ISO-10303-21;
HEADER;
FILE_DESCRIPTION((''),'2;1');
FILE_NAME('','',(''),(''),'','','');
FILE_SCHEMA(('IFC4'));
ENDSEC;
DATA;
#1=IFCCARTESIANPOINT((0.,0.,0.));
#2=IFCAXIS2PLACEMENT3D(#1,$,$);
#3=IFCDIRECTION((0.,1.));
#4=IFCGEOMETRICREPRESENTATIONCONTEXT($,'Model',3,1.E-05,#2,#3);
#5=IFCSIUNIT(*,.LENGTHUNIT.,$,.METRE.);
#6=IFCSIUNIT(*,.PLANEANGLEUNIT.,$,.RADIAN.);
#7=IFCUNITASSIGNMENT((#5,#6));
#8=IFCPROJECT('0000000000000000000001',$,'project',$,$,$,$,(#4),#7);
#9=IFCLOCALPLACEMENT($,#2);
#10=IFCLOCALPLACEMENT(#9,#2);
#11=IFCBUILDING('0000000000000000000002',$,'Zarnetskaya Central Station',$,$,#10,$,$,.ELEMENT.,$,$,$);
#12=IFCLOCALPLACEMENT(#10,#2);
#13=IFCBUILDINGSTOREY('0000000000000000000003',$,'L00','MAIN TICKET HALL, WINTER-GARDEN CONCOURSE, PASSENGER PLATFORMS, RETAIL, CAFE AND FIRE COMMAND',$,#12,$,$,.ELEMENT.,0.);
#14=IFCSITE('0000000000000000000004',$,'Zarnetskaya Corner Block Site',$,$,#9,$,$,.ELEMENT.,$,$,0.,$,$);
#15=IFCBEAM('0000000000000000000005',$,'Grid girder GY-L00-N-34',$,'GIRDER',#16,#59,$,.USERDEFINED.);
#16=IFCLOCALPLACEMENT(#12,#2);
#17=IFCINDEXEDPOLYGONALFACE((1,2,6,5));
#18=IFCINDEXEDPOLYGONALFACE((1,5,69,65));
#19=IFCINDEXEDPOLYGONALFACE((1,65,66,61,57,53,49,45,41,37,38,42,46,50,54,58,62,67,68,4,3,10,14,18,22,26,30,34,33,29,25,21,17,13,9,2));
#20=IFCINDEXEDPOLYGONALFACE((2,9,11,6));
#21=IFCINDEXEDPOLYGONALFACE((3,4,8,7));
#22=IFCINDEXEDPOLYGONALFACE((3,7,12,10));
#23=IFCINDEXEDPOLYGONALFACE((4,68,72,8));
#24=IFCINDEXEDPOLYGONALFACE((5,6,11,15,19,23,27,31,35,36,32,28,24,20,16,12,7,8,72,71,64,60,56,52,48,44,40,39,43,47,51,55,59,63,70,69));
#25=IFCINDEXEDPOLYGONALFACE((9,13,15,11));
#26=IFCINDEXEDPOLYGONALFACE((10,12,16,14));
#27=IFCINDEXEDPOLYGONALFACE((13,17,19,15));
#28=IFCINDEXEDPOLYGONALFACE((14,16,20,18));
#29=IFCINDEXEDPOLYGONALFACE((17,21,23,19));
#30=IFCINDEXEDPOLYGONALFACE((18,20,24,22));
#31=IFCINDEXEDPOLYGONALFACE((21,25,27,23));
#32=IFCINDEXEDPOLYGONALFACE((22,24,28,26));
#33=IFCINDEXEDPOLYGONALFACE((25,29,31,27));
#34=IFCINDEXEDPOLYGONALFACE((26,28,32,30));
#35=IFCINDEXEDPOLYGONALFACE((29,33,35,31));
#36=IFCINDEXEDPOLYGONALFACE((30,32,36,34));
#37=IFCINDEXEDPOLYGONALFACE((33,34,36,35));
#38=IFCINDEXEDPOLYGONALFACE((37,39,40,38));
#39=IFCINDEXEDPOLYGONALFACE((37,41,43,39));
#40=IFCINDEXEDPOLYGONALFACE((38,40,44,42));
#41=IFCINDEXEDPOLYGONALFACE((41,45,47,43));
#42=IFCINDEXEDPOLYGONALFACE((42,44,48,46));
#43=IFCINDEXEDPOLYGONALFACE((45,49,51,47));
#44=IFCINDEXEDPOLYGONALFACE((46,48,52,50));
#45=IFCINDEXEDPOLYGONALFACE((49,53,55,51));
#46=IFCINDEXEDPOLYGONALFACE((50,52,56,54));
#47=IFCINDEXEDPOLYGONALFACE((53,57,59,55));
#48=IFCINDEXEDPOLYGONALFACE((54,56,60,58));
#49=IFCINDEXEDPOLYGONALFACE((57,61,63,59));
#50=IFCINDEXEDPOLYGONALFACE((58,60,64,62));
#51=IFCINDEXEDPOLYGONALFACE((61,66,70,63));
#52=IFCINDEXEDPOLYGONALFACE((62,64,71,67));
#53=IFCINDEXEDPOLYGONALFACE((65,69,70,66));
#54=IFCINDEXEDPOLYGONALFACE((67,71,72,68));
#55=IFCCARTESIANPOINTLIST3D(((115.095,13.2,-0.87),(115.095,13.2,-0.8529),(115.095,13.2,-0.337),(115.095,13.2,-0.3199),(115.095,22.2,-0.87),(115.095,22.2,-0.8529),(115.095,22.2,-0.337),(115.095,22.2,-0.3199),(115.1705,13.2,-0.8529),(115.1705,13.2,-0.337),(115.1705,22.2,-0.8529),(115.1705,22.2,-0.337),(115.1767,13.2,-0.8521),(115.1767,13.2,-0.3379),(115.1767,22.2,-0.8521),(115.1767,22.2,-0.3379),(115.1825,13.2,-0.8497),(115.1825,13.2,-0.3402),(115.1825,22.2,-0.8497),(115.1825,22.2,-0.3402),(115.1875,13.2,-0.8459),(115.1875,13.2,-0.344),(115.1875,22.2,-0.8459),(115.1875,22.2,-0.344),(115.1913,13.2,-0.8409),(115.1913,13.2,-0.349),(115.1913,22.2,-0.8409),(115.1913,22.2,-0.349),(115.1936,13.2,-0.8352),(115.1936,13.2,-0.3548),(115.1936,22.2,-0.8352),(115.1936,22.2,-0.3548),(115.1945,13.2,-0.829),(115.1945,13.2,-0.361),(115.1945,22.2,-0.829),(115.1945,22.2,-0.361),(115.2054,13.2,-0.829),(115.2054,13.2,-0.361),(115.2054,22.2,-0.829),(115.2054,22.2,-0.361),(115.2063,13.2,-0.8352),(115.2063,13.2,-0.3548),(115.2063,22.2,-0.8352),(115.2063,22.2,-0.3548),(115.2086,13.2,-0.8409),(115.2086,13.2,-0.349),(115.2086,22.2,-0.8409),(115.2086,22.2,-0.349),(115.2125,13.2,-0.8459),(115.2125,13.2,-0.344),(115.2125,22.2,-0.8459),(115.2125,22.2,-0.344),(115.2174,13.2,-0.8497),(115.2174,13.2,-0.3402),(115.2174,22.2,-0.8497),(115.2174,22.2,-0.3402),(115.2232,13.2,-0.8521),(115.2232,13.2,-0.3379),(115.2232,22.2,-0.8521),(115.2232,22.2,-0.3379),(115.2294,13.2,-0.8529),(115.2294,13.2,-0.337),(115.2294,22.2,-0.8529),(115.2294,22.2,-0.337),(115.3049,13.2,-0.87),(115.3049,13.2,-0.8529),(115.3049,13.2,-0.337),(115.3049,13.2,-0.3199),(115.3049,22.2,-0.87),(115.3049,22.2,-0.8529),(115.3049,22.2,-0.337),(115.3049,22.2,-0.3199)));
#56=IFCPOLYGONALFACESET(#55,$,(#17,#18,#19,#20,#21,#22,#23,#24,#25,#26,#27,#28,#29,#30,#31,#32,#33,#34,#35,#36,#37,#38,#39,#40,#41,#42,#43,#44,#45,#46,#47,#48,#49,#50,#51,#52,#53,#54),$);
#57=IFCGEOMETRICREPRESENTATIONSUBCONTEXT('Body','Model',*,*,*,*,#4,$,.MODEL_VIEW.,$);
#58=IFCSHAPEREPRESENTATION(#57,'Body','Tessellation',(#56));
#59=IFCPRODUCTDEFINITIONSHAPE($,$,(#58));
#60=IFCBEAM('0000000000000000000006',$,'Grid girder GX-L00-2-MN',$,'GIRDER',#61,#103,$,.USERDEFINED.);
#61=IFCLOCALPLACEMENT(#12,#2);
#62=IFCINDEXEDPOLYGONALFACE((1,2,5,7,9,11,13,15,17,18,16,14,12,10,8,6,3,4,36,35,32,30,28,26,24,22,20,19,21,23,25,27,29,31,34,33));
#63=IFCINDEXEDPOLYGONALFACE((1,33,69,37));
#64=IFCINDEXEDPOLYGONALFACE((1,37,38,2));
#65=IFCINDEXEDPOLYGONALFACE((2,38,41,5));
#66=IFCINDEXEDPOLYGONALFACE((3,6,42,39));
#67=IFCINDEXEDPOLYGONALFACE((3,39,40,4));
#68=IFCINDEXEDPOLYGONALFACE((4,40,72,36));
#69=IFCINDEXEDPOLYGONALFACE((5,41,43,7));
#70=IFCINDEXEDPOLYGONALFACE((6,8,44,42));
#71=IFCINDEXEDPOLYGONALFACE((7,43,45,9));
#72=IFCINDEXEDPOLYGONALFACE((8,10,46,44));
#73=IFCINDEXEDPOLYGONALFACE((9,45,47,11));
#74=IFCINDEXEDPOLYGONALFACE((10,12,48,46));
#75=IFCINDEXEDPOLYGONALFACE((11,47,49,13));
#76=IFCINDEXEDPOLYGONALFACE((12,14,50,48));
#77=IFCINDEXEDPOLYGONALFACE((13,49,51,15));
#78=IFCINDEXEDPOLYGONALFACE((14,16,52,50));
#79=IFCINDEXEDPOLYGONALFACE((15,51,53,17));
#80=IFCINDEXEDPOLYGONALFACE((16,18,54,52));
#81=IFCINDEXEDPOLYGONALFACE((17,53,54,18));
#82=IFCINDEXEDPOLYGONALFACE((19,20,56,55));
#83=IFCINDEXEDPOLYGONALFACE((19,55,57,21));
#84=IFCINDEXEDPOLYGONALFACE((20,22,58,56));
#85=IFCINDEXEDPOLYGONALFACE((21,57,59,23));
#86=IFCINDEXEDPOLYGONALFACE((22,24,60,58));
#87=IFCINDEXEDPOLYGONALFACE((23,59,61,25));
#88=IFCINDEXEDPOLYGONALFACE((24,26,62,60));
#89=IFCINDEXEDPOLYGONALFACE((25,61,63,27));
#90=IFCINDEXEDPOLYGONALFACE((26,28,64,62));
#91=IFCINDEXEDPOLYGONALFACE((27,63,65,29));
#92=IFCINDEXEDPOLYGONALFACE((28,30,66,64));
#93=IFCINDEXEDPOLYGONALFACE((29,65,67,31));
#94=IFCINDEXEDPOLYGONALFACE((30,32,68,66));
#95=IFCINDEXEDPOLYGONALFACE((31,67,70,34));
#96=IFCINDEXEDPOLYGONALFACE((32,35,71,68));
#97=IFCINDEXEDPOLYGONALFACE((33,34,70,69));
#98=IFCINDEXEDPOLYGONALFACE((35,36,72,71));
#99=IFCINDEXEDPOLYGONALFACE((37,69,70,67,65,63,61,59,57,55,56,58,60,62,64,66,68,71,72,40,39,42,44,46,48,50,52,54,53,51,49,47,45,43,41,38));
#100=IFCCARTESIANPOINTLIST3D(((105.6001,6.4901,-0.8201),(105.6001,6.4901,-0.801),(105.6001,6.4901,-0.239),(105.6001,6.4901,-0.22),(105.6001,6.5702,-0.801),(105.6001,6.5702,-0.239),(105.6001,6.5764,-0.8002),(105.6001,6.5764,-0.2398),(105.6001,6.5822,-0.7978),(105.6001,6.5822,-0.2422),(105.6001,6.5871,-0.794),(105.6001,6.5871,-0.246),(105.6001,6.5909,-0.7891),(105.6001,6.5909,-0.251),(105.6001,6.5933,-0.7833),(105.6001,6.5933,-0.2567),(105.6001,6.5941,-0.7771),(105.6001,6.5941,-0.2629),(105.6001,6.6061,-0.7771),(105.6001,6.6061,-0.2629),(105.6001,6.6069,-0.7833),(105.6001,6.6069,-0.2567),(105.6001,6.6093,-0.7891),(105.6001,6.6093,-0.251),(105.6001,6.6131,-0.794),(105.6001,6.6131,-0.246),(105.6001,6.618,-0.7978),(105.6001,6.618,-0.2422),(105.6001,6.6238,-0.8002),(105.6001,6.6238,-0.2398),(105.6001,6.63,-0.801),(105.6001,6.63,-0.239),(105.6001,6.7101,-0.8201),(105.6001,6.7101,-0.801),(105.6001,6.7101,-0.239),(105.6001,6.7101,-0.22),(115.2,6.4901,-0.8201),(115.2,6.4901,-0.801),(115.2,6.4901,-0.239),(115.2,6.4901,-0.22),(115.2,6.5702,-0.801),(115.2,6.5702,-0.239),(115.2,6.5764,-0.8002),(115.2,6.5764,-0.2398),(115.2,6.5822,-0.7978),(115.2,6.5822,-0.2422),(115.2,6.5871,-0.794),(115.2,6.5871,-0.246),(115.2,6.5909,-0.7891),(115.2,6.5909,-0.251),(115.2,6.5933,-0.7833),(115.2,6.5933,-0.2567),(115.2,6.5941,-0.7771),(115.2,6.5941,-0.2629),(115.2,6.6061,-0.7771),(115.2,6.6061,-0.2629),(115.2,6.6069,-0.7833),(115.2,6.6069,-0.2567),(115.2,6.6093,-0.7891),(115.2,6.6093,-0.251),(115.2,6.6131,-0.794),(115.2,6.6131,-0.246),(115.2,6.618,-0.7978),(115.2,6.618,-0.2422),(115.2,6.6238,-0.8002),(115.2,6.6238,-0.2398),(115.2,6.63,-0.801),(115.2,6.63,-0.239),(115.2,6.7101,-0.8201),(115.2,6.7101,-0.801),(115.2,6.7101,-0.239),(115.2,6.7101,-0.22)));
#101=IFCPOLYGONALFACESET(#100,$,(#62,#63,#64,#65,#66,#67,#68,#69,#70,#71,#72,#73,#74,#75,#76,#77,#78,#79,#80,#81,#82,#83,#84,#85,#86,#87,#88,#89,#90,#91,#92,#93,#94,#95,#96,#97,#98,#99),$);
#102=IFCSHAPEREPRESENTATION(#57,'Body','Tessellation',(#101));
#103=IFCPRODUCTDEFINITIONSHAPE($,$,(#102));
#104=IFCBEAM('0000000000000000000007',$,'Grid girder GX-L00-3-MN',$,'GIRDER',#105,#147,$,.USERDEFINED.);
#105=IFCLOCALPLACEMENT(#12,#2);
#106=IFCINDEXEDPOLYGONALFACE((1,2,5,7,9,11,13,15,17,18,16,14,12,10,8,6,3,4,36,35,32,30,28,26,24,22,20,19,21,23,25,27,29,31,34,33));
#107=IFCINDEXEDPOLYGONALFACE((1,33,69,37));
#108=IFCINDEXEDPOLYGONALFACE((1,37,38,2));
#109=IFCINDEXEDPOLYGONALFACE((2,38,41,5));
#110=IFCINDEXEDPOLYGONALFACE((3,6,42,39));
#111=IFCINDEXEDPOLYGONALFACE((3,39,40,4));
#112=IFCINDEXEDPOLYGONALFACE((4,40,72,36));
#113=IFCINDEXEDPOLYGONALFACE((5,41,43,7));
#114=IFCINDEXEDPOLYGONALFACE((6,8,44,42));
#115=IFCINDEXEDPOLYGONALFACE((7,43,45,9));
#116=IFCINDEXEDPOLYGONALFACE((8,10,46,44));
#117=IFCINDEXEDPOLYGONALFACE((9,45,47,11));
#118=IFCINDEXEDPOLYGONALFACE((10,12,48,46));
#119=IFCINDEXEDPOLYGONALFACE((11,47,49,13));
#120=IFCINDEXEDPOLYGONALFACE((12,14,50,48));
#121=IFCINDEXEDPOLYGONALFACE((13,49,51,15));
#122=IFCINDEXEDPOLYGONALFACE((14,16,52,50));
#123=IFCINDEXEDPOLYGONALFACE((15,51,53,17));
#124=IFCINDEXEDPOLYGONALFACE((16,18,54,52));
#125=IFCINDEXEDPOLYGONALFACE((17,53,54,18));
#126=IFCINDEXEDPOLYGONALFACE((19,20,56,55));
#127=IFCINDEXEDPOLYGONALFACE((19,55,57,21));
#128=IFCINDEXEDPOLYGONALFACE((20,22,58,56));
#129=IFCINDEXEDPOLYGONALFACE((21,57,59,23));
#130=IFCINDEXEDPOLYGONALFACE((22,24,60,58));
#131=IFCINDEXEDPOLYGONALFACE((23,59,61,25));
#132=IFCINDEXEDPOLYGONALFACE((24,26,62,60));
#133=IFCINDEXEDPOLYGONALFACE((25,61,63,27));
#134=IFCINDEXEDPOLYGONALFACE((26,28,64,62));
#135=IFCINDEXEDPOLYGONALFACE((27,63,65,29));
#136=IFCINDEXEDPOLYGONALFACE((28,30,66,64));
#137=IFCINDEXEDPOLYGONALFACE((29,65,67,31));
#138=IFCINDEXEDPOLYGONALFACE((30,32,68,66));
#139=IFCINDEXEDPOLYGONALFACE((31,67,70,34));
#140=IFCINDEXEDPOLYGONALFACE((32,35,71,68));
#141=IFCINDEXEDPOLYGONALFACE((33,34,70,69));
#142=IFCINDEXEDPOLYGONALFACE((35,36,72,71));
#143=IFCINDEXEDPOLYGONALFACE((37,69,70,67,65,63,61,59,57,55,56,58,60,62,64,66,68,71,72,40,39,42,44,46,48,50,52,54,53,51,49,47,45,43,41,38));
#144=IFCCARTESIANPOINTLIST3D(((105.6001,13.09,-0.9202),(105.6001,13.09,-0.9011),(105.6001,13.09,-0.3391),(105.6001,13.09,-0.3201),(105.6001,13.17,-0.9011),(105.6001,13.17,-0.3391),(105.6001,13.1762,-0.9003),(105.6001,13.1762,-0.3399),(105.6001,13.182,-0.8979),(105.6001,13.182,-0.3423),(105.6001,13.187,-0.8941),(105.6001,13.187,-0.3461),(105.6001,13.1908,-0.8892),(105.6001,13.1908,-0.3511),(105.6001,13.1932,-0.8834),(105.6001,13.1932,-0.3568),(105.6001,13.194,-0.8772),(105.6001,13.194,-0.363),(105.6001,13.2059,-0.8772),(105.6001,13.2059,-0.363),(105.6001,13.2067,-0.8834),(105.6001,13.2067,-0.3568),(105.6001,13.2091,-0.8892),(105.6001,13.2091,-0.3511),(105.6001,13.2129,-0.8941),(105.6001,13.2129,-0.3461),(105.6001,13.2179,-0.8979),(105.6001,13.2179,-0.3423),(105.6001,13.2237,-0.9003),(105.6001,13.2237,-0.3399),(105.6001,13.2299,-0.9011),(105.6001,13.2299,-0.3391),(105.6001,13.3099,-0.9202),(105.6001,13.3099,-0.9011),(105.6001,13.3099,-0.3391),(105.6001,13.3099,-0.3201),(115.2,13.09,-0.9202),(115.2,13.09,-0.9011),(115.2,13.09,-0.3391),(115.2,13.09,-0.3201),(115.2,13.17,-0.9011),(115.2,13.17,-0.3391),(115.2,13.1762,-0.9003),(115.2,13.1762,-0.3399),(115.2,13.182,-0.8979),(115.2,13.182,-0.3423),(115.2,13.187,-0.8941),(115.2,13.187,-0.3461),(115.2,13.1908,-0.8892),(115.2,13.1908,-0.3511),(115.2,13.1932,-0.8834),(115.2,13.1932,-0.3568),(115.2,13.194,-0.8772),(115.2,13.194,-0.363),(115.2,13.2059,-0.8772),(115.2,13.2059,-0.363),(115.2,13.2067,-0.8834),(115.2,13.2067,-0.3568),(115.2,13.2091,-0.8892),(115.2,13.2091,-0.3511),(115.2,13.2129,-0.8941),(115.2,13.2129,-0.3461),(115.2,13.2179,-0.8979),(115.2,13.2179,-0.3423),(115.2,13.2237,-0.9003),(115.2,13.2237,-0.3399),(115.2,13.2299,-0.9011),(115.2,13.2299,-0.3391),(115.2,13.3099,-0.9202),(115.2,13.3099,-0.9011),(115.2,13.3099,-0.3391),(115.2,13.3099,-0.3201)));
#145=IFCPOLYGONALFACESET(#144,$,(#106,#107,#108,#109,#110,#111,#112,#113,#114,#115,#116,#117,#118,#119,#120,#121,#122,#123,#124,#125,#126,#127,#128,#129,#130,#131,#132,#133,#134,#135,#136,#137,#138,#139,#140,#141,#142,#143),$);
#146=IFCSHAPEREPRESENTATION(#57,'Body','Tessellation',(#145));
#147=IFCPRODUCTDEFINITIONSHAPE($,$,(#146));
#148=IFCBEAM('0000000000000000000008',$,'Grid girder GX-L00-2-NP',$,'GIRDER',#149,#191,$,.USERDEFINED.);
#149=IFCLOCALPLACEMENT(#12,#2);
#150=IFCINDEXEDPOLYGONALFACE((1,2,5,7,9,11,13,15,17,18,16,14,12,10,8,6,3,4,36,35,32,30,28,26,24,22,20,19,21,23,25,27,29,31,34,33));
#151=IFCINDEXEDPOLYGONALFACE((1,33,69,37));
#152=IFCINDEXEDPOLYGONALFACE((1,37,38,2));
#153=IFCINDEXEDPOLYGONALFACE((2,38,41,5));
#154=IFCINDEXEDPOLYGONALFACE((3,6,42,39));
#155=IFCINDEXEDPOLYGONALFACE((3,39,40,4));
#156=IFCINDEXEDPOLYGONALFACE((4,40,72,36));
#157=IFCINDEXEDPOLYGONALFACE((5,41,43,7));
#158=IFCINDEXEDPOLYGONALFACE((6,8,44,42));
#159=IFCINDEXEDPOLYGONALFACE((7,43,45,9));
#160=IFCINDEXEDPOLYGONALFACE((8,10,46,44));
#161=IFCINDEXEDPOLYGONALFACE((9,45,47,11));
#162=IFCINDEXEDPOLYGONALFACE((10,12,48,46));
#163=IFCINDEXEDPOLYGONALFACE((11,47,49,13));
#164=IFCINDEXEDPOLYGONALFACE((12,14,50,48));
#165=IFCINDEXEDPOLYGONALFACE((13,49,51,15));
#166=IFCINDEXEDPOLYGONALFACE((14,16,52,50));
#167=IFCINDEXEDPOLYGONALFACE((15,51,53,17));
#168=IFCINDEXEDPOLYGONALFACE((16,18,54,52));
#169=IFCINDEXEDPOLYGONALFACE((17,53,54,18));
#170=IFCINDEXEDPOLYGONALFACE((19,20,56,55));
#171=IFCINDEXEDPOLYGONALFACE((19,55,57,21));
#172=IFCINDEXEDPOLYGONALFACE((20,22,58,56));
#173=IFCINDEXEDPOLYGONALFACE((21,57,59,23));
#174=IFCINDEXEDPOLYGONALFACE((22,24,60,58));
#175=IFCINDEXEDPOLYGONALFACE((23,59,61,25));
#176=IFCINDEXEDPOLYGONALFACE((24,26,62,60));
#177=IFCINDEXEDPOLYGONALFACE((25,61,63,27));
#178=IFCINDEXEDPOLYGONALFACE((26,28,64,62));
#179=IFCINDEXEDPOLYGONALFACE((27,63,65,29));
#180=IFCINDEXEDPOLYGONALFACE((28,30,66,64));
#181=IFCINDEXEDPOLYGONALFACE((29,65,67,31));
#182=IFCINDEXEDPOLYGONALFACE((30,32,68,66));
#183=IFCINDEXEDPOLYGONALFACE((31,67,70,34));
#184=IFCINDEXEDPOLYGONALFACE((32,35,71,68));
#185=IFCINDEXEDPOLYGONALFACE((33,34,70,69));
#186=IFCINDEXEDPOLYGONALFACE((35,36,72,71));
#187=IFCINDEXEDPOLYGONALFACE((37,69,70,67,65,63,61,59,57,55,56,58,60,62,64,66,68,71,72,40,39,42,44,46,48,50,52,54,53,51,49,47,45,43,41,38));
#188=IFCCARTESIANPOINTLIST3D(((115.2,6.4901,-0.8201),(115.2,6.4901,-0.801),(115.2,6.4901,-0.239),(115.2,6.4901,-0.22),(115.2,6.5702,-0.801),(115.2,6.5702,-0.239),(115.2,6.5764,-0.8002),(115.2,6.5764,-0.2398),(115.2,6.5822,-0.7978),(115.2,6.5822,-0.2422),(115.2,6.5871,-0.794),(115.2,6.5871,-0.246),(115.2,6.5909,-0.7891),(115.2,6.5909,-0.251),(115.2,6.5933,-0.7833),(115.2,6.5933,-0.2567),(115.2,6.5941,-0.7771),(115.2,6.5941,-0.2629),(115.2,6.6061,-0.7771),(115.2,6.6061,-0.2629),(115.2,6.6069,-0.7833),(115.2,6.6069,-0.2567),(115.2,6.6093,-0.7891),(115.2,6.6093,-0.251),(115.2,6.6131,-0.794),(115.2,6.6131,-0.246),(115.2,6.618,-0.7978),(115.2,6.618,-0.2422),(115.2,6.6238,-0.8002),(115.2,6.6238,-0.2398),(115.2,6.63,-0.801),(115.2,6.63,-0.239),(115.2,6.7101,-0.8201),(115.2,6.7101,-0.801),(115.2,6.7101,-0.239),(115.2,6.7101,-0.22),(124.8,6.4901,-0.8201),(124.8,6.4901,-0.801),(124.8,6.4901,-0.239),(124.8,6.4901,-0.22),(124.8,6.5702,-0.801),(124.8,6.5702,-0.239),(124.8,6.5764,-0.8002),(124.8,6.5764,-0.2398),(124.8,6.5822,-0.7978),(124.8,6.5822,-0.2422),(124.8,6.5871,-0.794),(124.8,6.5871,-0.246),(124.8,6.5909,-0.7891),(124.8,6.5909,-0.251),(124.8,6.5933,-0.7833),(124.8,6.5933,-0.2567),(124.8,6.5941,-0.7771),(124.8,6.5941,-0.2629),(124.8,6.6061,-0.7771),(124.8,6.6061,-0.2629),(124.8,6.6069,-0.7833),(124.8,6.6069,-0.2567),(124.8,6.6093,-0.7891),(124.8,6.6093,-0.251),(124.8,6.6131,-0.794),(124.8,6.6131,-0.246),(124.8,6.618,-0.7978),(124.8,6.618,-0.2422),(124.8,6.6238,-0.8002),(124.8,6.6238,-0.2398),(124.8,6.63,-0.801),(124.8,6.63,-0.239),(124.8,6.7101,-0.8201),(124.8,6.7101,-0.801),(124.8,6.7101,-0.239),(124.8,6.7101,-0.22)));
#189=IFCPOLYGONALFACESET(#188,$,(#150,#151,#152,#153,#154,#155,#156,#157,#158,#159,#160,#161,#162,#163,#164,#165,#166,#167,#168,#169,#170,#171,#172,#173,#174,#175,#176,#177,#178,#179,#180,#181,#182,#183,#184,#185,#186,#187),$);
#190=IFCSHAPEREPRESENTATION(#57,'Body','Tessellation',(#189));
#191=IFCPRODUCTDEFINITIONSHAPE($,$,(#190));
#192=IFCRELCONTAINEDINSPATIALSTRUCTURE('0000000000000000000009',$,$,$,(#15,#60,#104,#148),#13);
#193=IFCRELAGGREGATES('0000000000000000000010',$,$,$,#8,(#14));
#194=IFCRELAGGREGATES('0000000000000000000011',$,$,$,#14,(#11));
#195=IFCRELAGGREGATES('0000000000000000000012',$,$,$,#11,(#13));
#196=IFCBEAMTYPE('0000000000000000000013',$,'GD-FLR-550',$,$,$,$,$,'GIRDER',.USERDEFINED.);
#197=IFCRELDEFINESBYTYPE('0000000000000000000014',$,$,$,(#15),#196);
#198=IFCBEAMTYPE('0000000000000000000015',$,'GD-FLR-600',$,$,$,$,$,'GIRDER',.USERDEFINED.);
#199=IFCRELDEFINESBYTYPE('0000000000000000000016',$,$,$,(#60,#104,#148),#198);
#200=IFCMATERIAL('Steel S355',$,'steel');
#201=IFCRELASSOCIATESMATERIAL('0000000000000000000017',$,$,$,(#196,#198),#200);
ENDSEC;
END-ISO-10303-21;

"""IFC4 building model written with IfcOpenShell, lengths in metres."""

from ifc_helpers import new_model, si_unit, direction, frame, origin, origin_2d, place, context, subcontext, project, spatial, i_section, extrude, material, material_profile, profile_set, type_object, element, save


model = new_model("IFC4")

# Units and contexts
model_context = context("Model", 3, precision=1e-05, world=origin(), true_north=direction((0.0, 1.0)))
body_context = subcontext(model_context, "Body", "Model", "MODEL_VIEW")
ifc_project = project(units=[si_unit("LENGTHUNIT", "METRE"), si_unit("PLANEANGLEUNIT", "RADIAN")], contexts=[model_context])

# Site, building, storey
site_placement = place(None, origin())
site = spatial("IfcSite", under=ifc_project, at=site_placement, Name="Zarnetskaya Corner Block Site", CompositionType="ELEMENT", RefElevation=0.0)
building_placement = place(site_placement, origin())
building = spatial("IfcBuilding", under=site, at=building_placement, Name="Zarnetskaya Central Station", CompositionType="ELEMENT")
storey_placement = place(building_placement, origin())
storey = spatial("IfcBuildingStorey", under=building, at=storey_placement, Name="L00", Description="MAIN TICKET HALL, WINTER-GARDEN CONCOURSE, PASSENGER PLATFORMS, RETAIL, CAFE AND FIRE COMMAND", CompositionType="ELEMENT", Elevation=0.0)

# Shared definitions
ifc_material_1 = material(Name="Steel S355", Category="steel")

# Beams
ifc_material_profile_1 = material_profile(ifc_material_1, i_section(OverallWidth=0.21, OverallDepth=0.55, WebThickness=0.011, FlangeThickness=0.0171, FilletRadius=0.0239, at=origin_2d()), Name="IPE 550")
ifc_profile_set_1 = profile_set([ifc_material_profile_1], Name="Steel S355")
beam_type_1 = type_object("IfcBeamType", Name="GD-FLR-550", ElementType="GIRDER", PredefinedType="USERDEFINED", material=ifc_profile_set_1)
for number, where, z_axis, x_axis, name in (
    (1, (115.2, 13.2, -0.595), (0.0, 1.0, 0.0), (-1.0, 0.0, 0.0), "Grid girder GY-L00-N-34"),
):
    element("IfcBeam", number, at=place(storey_placement, frame(where, z_axis=z_axis, x_axis=x_axis)), inside=storey, type_object=beam_type_1, Name=name, ObjectType="GIRDER", PredefinedType="USERDEFINED", context=body_context, shape_type="SweptSolid", body=[
        extrude(i_section(OverallWidth=0.21, OverallDepth=0.55, WebThickness=0.011, FlangeThickness=0.0171, FilletRadius=0.0239, at=origin_2d()), origin(), (0.0, 0.0, 1.0), 9.0),
    ])
ifc_material_profile_2 = material_profile(ifc_material_1, i_section(OverallWidth=0.22, OverallDepth=0.6001, WebThickness=0.012, FlangeThickness=0.019, FilletRadius=0.0239, at=origin_2d()), Name="IPE 600")
ifc_profile_set_2 = profile_set([ifc_material_profile_2], Name="Steel S355")
beam_type_2 = type_object("IfcBeamType", Name="GD-FLR-600", ElementType="GIRDER", PredefinedType="USERDEFINED", material=ifc_profile_set_2)
for number, where, z_axis, x_axis, name in (
    (2, (105.6001, 6.6001, -0.52), (1.0, 0.0, 0.0), (0.0, 1.0, 0.0), "Grid girder GX-L00-2-MN"),
    (3, (105.6001, 13.2, -0.6201), (1.0, 0.0, 0.0), (0.0, 1.0, 0.0), "Grid girder GX-L00-3-MN"),
):
    element("IfcBeam", number, at=place(storey_placement, frame(where, z_axis=z_axis, x_axis=x_axis)), inside=storey, type_object=beam_type_2, Name=name, ObjectType="GIRDER", PredefinedType="USERDEFINED", context=body_context, shape_type="SweptSolid", body=[
        extrude(i_section(OverallWidth=0.22, OverallDepth=0.6001, WebThickness=0.012, FlangeThickness=0.019, FilletRadius=0.0239, at=origin_2d()), origin(), (0.0, 0.0, 1.0), 9.5999),
    ])
for number, where, z_axis, x_axis, name in (
    (4, (115.2, 6.6001, -0.52), (1.0, 0.0, 0.0), (0.0, 1.0, 0.0), "Grid girder GX-L00-2-NP"),
):
    element("IfcBeam", number, at=place(storey_placement, frame(where, z_axis=z_axis, x_axis=x_axis)), inside=storey, type_object=beam_type_2, Name=name, ObjectType="GIRDER", PredefinedType="USERDEFINED", context=body_context, shape_type="SweptSolid", body=[
        extrude(i_section(OverallWidth=0.22, OverallDepth=0.6001, WebThickness=0.012, FlangeThickness=0.019, FilletRadius=0.0239, at=origin_2d()), origin(), (0.0, 0.0, 1.0), 9.6001),
    ])

save(model, "model.ifc")
